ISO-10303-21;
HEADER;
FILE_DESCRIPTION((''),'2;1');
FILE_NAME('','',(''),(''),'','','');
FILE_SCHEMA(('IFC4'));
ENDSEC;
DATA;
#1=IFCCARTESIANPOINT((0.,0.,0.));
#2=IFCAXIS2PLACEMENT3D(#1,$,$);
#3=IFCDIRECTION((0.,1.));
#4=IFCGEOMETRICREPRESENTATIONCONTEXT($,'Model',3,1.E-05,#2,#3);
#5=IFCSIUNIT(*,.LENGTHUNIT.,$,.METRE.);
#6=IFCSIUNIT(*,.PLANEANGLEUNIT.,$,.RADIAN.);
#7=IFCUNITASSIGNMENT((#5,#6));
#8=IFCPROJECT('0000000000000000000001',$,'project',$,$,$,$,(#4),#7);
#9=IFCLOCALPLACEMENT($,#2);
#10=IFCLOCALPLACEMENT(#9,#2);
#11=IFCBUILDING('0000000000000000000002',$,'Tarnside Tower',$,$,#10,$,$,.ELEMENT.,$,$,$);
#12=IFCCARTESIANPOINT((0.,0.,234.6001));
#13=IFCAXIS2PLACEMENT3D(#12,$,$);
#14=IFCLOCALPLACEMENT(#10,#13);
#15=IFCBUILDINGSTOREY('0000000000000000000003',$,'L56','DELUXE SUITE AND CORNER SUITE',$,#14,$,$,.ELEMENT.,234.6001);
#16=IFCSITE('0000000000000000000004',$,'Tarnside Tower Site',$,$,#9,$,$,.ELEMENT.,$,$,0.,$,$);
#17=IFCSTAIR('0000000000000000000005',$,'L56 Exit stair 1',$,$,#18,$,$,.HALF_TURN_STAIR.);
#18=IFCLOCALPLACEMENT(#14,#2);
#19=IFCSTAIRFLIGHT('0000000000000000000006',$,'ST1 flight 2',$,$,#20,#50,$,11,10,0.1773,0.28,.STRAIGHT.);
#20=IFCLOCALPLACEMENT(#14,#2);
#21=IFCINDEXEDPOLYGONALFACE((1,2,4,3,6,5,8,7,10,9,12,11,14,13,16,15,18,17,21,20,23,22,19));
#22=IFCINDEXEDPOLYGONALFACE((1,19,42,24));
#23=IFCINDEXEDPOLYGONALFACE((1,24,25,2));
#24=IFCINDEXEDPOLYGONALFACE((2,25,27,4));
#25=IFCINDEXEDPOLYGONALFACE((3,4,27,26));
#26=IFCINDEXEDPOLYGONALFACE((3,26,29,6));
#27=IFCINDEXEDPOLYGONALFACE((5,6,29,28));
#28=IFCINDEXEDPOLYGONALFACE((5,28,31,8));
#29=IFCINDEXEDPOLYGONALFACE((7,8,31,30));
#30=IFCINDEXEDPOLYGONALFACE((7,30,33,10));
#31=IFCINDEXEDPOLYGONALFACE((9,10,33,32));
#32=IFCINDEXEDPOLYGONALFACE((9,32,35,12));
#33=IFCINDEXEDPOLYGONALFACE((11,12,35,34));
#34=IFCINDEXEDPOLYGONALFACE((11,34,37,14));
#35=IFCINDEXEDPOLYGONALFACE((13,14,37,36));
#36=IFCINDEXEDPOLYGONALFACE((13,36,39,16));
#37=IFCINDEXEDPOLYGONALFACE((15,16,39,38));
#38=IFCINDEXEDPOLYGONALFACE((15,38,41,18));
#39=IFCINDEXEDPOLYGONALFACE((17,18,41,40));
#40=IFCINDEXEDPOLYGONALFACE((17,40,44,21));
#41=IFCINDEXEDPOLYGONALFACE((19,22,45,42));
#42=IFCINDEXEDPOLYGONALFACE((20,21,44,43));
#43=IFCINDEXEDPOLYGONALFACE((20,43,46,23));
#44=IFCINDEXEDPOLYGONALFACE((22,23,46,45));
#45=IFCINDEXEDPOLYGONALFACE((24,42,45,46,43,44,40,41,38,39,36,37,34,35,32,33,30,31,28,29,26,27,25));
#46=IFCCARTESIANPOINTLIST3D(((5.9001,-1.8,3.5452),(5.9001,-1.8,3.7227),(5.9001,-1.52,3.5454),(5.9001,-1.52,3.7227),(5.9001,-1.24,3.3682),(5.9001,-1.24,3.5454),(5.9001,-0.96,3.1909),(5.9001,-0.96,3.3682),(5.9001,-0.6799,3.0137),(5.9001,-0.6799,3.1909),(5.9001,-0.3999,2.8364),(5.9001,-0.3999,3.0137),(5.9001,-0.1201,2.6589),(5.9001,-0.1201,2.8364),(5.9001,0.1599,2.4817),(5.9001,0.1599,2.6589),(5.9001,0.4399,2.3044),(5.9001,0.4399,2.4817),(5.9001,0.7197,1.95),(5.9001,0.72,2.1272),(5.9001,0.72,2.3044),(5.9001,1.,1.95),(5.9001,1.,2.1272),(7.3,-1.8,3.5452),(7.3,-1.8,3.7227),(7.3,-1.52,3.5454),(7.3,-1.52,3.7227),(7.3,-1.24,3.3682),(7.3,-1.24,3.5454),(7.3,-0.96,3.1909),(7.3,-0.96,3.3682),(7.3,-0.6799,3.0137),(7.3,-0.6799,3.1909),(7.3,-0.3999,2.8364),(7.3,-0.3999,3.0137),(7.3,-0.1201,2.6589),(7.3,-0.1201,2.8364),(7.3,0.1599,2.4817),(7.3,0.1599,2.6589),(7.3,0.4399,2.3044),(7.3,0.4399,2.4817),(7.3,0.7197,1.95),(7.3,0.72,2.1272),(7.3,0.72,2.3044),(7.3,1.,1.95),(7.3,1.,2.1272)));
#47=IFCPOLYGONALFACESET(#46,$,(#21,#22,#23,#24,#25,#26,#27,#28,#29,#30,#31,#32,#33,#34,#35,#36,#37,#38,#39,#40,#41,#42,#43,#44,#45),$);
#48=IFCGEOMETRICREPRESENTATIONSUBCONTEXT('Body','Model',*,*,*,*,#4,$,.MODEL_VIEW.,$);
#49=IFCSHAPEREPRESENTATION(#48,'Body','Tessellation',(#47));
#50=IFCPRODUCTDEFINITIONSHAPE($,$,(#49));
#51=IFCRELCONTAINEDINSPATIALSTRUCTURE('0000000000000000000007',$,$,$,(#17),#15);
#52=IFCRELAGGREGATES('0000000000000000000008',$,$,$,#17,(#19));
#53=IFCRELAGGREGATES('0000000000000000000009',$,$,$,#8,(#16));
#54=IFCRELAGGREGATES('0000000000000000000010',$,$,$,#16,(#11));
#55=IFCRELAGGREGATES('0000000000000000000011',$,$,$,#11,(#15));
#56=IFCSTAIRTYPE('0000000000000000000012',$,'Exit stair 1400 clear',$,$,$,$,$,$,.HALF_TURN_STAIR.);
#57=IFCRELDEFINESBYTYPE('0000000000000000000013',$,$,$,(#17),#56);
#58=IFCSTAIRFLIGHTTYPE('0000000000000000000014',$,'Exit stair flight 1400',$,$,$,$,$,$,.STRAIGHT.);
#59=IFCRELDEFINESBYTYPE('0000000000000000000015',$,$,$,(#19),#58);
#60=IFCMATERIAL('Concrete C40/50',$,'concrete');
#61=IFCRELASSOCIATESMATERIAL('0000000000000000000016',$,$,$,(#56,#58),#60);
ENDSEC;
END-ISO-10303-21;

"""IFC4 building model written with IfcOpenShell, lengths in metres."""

from ifc_helpers import new_model, si_unit, direction, frame, origin, place, context, subcontext, project, spatial, polyline, outline, extrude, material, type_object, element, aggregate, save


model = new_model("IFC4")

# Units and contexts
model_context = context("Model", 3, precision=1e-05, world=origin(), true_north=direction((0.0, 1.0)))
body_context = subcontext(model_context, "Body", "Model", "MODEL_VIEW")
ifc_project = project(units=[si_unit("LENGTHUNIT", "METRE"), si_unit("PLANEANGLEUNIT", "RADIAN")], contexts=[model_context])

# Site, building, storey
site_placement = place(None, origin())
site = spatial("IfcSite", under=ifc_project, at=site_placement, Name="Tarnside Tower Site", CompositionType="ELEMENT", RefElevation=0.0)
building_placement = place(site_placement, origin())
building = spatial("IfcBuilding", under=site, at=building_placement, Name="Tarnside Tower", CompositionType="ELEMENT")
storey_placement = place(building_placement, frame((0.0, 0.0, 234.6001)))
storey = spatial("IfcBuildingStorey", under=building, at=storey_placement, Name="L56", Description="DELUXE SUITE AND CORNER SUITE", CompositionType="ELEMENT", Elevation=234.6001)

# Shared definitions
ifc_material_1 = material(Name="Concrete C40/50", Category="concrete")

# Stair, stair flight
stair_type = type_object("IfcStairType", Name="Exit stair 1400 clear", PredefinedType="HALF_TURN_STAIR", material=ifc_material_1)
stair_placement = place(storey_placement, origin())
stair = element("IfcStair", 1, at=stair_placement, inside=storey, type_object=stair_type, Name="L56 Exit stair 1", PredefinedType="HALF_TURN_STAIR")
stair_flight_type = type_object("IfcStairFlightType", Name="Exit stair flight 1400", PredefinedType="STRAIGHT", material=ifc_material_1)
stair_flight_placement = place(storey_placement, frame((6.6001, 1.0, 1.95), z_axis=(0.0, 0.0, 1.0), x_axis=(0.0, -1.0, 0.0)))
stair_flight = element("IfcStairFlight", 2, at=stair_flight_placement, type_object=stair_flight_type, Name="ST1 flight 2", NumberOfRisers=11, NumberOfTreads=10, PredefinedType="STRAIGHT", RiserHeight=0.1773, TreadLength=0.28, context=body_context, shape_type="SweptSolid", body=[
    extrude(outline(polyline([(0.0, 0.0), (0.0, 0.1772), (0.28, 0.1772), (0.28, 0.3545), (0.5601, 0.3545), (0.5601, 0.5317), (0.8401, 0.5317), (0.8401, 0.709), (1.1201, 0.709), (1.1201, 0.8865), (1.3999, 0.8865), (1.3999, 1.0637), (1.6799, 1.0637), (1.6799, 1.241), (1.96, 1.241), (1.96, 1.4182), (2.24, 1.4182), (2.24, 1.5955), (2.52, 1.5955), (2.52, 1.7727), (2.8, 1.7727), (2.8, 1.95), (2.8, 1.5952), (0.2803, 0.0), (0.0, 0.0)])), frame((0.0, 0.7, 0.0), z_axis=(0.0, -1.0, 0.0), x_axis=(1.0, 0.0, 0.0)), (0.0, 0.0, 1.0), 1.3999),
])
aggregate(stair, [stair_flight])

save(model, "model.ifc")
